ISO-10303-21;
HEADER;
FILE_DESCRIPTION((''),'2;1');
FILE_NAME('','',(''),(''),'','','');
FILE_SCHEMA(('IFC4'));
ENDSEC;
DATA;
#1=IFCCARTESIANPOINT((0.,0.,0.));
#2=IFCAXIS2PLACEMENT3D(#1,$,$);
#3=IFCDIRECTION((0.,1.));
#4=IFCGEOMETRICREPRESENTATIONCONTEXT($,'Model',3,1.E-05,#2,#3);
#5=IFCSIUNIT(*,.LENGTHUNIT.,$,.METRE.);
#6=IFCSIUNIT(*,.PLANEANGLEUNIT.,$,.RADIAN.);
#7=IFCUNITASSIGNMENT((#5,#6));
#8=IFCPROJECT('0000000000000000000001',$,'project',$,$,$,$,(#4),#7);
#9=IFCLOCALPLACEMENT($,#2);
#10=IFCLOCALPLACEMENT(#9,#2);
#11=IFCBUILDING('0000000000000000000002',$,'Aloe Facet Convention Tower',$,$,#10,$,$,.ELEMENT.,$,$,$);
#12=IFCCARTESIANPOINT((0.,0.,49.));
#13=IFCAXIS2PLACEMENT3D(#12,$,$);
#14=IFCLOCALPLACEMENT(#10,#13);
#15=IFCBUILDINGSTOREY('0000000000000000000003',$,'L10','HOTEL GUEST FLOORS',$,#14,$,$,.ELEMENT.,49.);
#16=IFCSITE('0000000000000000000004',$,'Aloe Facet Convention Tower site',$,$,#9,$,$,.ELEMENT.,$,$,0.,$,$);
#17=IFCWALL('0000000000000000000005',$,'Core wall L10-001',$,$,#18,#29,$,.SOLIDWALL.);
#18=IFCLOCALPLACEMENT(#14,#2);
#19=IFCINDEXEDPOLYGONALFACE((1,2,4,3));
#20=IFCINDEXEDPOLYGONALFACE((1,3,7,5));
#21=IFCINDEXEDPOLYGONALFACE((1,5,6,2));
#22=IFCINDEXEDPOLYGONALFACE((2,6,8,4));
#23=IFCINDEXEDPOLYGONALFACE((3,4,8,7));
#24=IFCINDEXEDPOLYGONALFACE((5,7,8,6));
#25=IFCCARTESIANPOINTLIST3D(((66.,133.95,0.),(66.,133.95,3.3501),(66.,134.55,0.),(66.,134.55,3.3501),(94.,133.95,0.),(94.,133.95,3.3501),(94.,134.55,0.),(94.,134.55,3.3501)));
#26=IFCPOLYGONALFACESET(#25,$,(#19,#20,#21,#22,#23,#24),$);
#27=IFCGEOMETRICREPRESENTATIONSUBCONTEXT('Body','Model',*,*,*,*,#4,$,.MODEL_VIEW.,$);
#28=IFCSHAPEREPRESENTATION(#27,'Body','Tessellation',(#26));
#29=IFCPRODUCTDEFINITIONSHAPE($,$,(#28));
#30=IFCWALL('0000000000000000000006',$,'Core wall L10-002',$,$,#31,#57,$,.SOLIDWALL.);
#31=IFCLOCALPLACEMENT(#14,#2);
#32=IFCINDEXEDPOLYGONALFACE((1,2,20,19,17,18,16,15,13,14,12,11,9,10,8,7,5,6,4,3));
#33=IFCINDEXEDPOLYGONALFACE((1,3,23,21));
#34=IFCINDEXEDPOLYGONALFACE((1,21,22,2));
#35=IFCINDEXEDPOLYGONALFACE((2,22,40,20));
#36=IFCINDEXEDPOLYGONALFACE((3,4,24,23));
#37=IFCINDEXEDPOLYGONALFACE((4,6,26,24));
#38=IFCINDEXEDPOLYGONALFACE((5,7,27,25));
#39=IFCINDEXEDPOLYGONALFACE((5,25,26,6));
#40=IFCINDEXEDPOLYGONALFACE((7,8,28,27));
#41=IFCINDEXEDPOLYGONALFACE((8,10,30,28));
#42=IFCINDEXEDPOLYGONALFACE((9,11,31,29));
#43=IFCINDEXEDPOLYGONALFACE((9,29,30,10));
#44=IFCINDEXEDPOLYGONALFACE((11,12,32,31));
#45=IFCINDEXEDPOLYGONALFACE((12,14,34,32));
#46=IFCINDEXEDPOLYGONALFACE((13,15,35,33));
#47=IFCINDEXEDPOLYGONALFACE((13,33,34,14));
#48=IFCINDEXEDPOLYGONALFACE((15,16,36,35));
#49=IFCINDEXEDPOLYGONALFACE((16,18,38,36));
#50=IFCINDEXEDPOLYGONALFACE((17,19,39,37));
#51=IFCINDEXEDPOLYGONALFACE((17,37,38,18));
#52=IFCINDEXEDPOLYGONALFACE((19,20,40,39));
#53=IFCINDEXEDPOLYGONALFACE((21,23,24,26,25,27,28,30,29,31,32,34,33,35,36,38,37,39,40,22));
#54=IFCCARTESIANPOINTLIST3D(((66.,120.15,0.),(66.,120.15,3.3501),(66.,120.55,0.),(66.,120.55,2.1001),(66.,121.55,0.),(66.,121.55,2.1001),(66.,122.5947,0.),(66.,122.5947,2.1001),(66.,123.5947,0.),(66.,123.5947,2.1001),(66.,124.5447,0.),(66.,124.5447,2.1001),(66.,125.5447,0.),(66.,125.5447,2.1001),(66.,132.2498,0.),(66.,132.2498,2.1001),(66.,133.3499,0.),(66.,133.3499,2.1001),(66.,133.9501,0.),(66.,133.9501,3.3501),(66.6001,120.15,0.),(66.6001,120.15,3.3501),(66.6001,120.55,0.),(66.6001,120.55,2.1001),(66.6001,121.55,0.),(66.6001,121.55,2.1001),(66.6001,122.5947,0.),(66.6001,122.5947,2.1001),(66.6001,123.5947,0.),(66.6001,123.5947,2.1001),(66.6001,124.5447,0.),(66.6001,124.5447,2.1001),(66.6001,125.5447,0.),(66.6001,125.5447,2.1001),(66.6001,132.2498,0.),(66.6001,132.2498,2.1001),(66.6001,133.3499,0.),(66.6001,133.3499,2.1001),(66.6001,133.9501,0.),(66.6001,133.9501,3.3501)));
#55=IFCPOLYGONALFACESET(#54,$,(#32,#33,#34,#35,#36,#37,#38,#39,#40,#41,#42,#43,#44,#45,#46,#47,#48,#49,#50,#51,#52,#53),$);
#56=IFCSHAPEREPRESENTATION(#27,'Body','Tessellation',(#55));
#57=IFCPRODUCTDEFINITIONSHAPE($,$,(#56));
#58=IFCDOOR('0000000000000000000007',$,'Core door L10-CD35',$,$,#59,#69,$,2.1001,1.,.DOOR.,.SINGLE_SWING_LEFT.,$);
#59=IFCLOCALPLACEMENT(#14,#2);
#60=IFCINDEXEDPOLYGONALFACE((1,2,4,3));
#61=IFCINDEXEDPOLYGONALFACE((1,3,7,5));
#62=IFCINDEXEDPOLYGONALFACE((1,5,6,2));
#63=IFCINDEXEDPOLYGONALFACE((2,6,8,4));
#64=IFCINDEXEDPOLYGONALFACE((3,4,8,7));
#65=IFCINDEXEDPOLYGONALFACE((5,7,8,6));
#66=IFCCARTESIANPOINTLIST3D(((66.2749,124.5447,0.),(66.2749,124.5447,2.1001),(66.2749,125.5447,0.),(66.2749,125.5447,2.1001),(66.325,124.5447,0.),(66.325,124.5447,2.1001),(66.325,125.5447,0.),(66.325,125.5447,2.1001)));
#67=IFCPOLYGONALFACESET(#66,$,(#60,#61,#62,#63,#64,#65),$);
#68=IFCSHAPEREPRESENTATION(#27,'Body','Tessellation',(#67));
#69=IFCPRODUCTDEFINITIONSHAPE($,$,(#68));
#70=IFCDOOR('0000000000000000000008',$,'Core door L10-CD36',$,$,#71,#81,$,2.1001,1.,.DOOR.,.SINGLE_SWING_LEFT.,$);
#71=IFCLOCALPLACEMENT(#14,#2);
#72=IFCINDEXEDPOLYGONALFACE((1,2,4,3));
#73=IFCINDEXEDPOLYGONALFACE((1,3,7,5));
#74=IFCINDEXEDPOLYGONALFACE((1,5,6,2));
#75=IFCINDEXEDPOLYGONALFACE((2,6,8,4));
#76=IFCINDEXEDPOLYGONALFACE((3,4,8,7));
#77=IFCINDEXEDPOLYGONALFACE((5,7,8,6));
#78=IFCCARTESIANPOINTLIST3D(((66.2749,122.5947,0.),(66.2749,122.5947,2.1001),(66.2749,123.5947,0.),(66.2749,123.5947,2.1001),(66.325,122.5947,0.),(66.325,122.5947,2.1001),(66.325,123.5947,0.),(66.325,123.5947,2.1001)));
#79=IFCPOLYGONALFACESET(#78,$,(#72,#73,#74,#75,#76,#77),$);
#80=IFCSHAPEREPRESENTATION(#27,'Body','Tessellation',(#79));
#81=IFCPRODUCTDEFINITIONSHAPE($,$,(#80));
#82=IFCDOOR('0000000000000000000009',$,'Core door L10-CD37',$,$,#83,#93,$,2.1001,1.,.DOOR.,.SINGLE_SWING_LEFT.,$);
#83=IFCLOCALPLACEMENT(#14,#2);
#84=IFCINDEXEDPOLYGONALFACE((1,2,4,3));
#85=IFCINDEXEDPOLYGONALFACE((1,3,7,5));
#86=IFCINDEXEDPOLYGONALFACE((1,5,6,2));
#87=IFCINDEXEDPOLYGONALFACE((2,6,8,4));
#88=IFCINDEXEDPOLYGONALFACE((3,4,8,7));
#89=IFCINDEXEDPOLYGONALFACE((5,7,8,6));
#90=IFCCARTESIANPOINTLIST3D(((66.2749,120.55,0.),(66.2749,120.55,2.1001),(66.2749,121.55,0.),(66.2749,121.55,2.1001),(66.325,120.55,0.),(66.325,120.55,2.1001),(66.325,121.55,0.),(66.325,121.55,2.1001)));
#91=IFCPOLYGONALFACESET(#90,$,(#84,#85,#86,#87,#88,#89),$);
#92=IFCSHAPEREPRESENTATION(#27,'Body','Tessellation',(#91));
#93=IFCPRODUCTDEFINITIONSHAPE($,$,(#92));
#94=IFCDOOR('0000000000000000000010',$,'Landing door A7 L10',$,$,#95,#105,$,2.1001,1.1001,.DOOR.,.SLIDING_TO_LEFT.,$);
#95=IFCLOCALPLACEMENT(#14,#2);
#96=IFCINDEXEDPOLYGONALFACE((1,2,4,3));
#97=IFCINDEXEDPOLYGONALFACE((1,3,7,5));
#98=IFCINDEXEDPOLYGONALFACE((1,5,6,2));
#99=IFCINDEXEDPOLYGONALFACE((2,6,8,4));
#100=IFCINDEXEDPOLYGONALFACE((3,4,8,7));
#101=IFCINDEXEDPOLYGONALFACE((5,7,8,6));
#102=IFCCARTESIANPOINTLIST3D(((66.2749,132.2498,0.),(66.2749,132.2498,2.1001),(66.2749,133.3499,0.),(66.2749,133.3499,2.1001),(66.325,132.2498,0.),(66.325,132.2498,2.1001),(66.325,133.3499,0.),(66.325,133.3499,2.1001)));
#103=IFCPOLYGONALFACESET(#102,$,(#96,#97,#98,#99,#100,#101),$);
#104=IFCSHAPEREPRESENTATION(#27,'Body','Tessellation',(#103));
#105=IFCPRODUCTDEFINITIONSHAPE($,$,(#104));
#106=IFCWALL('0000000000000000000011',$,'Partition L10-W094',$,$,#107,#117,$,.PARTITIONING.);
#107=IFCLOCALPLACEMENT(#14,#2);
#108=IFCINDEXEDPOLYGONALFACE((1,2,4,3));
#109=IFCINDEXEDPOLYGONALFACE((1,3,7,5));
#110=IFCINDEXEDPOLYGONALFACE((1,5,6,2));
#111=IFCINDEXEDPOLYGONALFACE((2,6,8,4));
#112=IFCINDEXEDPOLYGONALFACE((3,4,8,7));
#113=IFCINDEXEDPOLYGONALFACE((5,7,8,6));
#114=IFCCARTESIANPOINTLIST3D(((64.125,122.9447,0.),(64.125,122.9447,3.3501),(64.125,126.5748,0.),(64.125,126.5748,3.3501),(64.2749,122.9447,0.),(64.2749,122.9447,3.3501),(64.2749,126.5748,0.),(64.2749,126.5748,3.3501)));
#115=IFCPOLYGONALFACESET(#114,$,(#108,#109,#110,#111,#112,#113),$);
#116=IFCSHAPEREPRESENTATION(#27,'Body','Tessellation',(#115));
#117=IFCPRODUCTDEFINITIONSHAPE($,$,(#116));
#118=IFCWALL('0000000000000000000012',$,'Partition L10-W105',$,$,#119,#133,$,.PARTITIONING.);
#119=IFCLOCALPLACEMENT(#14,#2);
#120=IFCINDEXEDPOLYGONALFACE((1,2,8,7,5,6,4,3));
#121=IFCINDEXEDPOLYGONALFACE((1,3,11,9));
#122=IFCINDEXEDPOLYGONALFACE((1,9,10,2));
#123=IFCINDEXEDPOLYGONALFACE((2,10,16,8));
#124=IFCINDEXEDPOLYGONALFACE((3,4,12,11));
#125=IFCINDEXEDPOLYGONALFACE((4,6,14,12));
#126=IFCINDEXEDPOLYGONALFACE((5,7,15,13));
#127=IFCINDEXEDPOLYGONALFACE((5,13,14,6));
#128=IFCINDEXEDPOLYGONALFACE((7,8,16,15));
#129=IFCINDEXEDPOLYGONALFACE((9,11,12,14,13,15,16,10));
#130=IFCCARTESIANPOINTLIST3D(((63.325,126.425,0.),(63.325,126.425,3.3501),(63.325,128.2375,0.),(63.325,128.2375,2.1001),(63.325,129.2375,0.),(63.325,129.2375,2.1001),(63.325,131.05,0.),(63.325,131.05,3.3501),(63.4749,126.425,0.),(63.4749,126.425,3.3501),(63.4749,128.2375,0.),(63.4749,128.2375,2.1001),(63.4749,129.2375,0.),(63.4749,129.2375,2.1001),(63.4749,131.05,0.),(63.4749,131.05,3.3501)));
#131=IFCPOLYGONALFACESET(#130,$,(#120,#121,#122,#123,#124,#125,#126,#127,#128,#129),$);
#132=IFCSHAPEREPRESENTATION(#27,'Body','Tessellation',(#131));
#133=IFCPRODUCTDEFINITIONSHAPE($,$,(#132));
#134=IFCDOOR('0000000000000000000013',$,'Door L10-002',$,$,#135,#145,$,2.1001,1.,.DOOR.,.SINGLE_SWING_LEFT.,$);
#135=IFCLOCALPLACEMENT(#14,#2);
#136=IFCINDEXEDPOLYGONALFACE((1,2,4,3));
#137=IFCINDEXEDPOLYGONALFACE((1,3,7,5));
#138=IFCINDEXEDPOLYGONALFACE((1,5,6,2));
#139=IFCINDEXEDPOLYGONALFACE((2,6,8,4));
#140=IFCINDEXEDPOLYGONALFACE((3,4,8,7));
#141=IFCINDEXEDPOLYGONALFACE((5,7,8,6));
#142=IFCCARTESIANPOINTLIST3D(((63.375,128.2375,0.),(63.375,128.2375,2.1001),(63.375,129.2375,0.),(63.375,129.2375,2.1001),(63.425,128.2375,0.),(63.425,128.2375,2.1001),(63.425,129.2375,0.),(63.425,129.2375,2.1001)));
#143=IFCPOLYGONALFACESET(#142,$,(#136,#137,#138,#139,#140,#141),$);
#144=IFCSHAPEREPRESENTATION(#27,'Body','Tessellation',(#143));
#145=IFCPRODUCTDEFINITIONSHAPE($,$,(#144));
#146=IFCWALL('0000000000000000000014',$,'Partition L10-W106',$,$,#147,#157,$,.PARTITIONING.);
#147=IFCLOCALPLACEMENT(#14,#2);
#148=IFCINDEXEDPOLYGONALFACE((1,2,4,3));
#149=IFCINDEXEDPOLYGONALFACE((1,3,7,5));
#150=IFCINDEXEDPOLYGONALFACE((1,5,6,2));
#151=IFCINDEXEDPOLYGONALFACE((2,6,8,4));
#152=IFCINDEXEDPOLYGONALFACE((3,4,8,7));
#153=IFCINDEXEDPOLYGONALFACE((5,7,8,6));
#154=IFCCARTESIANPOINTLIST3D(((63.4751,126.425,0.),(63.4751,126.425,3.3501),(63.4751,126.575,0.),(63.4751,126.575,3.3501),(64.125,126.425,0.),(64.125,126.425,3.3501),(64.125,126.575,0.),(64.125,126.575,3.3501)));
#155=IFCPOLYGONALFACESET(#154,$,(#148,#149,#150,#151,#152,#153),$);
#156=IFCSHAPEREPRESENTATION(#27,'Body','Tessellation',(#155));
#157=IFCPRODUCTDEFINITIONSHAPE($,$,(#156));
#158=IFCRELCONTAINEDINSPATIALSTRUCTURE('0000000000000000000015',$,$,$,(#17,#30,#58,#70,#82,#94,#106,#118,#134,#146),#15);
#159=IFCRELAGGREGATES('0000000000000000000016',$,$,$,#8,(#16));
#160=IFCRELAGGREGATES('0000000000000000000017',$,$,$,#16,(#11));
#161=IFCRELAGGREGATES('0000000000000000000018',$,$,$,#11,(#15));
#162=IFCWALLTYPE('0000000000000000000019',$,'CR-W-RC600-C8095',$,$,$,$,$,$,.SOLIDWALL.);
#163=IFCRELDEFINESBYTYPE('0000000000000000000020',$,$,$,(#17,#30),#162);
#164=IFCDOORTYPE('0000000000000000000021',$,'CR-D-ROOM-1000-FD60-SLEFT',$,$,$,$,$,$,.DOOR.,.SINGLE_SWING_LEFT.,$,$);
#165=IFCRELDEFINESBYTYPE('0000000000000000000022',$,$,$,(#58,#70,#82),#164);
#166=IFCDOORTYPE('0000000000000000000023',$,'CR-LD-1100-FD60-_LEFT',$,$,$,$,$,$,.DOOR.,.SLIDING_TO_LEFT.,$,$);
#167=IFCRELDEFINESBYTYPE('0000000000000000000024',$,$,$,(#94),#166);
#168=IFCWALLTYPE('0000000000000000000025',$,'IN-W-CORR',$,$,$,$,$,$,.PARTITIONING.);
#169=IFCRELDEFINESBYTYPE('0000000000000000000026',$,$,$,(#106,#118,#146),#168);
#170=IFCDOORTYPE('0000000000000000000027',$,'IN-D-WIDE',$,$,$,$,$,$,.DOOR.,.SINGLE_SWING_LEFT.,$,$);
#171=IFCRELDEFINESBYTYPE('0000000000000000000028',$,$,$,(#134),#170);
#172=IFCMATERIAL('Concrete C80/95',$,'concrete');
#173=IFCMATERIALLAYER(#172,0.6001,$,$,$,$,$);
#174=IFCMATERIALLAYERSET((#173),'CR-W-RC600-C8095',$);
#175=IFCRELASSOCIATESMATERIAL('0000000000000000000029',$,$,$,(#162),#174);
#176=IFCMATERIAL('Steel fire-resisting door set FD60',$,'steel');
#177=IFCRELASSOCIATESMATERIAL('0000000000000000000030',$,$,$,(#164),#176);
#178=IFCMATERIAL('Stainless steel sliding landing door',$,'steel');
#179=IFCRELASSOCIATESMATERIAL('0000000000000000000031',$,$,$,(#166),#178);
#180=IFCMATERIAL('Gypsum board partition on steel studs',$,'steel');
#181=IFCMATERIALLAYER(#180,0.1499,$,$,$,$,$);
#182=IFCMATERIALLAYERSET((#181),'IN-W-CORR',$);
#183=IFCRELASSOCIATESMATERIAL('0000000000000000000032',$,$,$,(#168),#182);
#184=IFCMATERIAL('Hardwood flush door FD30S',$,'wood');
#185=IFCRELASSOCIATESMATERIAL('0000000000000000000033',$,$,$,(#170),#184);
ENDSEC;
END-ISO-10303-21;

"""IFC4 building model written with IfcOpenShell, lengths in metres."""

from ifc_helpers import new_model, si_unit, direction, frame, frame_2d, origin, place, context, subcontext, project, spatial, rectangle, extrude, material, layer, layer_set, type_object, element, fill, save


model = new_model("IFC4")

# Units and contexts
model_context = context("Model", 3, precision=1e-05, world=origin(), true_north=direction((0.0, 1.0)))
body_context = subcontext(model_context, "Body", "Model", "MODEL_VIEW")
ifc_project = project(units=[si_unit("LENGTHUNIT", "METRE"), si_unit("PLANEANGLEUNIT", "RADIAN")], contexts=[model_context])

# Site, building, storey
site_placement = place(None, origin())
site = spatial("IfcSite", under=ifc_project, at=site_placement, Name="Aloe Facet Convention Tower site", CompositionType="ELEMENT", RefElevation=0.0)
building_placement = place(site_placement, origin())
building = spatial("IfcBuilding", under=site, at=building_placement, Name="Aloe Facet Convention Tower", CompositionType="ELEMENT")
storey_placement = place(building_placement, frame((0.0, 0.0, 49.0)))
storey = spatial("IfcBuildingStorey", under=building, at=storey_placement, Name="L10", Description="HOTEL GUEST FLOORS", CompositionType="ELEMENT", Elevation=49.0)

# Wall
ifc_material_1 = material(Name="Concrete C80/95", Category="concrete")
ifc_layer_1 = layer(ifc_material_1, 0.6001)
ifc_layer_set_1 = layer_set([ifc_layer_1], Name="CR-W-RC600-C8095")
wall_type_1 = type_object("IfcWallType", Name="CR-W-RC600-C8095", PredefinedType="SOLIDWALL", material=ifc_layer_set_1)
wall_1_placement = place(storey_placement, frame((66.0, 134.25, 0.0), z_axis=(0.0, 0.0, 1.0), x_axis=(1.0, 0.0, 0.0)))
element("IfcWall", 1, at=wall_1_placement, inside=storey, type_object=wall_type_1, Name="Core wall L10-001", PredefinedType="SOLIDWALL", context=body_context, shape_type="SweptSolid", body=[
    extrude(rectangle(XDim=28.0, YDim=0.6001, at=frame_2d((14.0, 0.0))), origin(), (0.0, 0.0, 1.0), 3.3501),
])

# Wall, openings, doors
wall_2_placement = place(storey_placement, frame((66.3, 133.95, 0.0), z_axis=(0.0, 0.0, 1.0), x_axis=(0.0, -1.0, 0.0)))
wall_2 = element("IfcWall", 2, at=wall_2_placement, inside=storey, type_object=wall_type_1, Name="Core wall L10-002", PredefinedType="SOLIDWALL", context=body_context, shape_type="SweptSolid", body=[
    extrude(rectangle(XDim=13.8, YDim=0.6001, at=frame_2d((6.8999, 0.0))), origin(), (0.0, 0.0, 1.0), 3.3501),
])
opening_1_placement = place(wall_2_placement, frame((0.6001, 0.0, 0.0)))
opening_1 = element("IfcOpeningElement", 3, at=opening_1_placement, cuts=wall_2, PredefinedType="OPENING", context=body_context, shape_type="SweptSolid", body=[
    extrude(rectangle(XDim=1.1001, YDim=2.1001, at=frame_2d((0.55, 1.05))), frame((0.0, 0.3101, 0.0), z_axis=(0.0, -1.0, 0.0), x_axis=(1.0, 0.0, 0.0)), (0.0, 0.0, 1.0), 0.6201),
])
opening_2_placement = place(wall_2_placement, frame((8.4053, 0.0, 0.0)))
opening_2 = element("IfcOpeningElement", 4, at=opening_2_placement, cuts=wall_2, PredefinedType="OPENING", context=body_context, shape_type="SweptSolid", body=[
    extrude(rectangle(XDim=1.0, YDim=2.1001, at=frame_2d((0.5, 1.05))), frame((0.0, 0.3101, 0.0), z_axis=(0.0, -1.0, 0.0), x_axis=(1.0, 0.0, 0.0)), (0.0, 0.0, 1.0), 0.6201),
])
opening_3_placement = place(wall_2_placement, frame((10.3552, 0.0, 0.0)))
opening_3 = element("IfcOpeningElement", 5, at=opening_3_placement, cuts=wall_2, PredefinedType="OPENING", context=body_context, shape_type="SweptSolid", body=[
    extrude(rectangle(XDim=1.0, YDim=2.1001, at=frame_2d((0.5, 1.05))), frame((0.0, 0.3101, 0.0), z_axis=(0.0, -1.0, 0.0), x_axis=(1.0, 0.0, 0.0)), (0.0, 0.0, 1.0), 0.6201),
])
opening_4_placement = place(wall_2_placement, frame((12.3999, 0.0, 0.0)))
opening_4 = element("IfcOpeningElement", 6, at=opening_4_placement, cuts=wall_2, PredefinedType="OPENING", context=body_context, shape_type="SweptSolid", body=[
    extrude(rectangle(XDim=1.0, YDim=2.1001, at=frame_2d((0.5, 1.05))), frame((0.0, 0.3101, 0.0), z_axis=(0.0, -1.0, 0.0), x_axis=(1.0, 0.0, 0.0)), (0.0, 0.0, 1.0), 0.6201),
])
ifc_material_2 = material(Name="Steel fire-resisting door set FD60", Category="steel")
door_type_1 = type_object("IfcDoorType", Name="CR-D-ROOM-1000-FD60-SLEFT", OperationType="SINGLE_SWING_LEFT", PredefinedType="DOOR", material=ifc_material_2)
door_1_placement = place(opening_2_placement, origin())
door_1 = element("IfcDoor", 7, at=door_1_placement, inside=storey, type_object=door_type_1, Name="Core door L10-CD35", OperationType="SINGLE_SWING_LEFT", OverallHeight=2.1001, OverallWidth=1.0, PredefinedType="DOOR", context=body_context, shape_type="SweptSolid", body=[
    extrude(rectangle(XDim=1.0, YDim=2.1001, at=frame_2d((0.5, 1.05))), frame((0.0, 0.0249, 0.0), z_axis=(0.0, -1.0, 0.0), x_axis=(1.0, 0.0, 0.0)), (0.0, 0.0, 1.0), 0.05),
])
fill(opening_2, door_1)
door_2_placement = place(opening_3_placement, origin())
door_2 = element("IfcDoor", 8, at=door_2_placement, inside=storey, type_object=door_type_1, Name="Core door L10-CD36", OperationType="SINGLE_SWING_LEFT", OverallHeight=2.1001, OverallWidth=1.0, PredefinedType="DOOR", context=body_context, shape_type="SweptSolid", body=[
    extrude(rectangle(XDim=1.0, YDim=2.1001, at=frame_2d((0.5, 1.05))), frame((0.0, 0.0249, 0.0), z_axis=(0.0, -1.0, 0.0), x_axis=(1.0, 0.0, 0.0)), (0.0, 0.0, 1.0), 0.05),
])
fill(opening_3, door_2)
door_3_placement = place(opening_4_placement, origin())
door_3 = element("IfcDoor", 9, at=door_3_placement, inside=storey, type_object=door_type_1, Name="Core door L10-CD37", OperationType="SINGLE_SWING_LEFT", OverallHeight=2.1001, OverallWidth=1.0, PredefinedType="DOOR", context=body_context, shape_type="SweptSolid", body=[
    extrude(rectangle(XDim=1.0, YDim=2.1001, at=frame_2d((0.5, 1.05))), frame((0.0, 0.0249, 0.0), z_axis=(0.0, -1.0, 0.0), x_axis=(1.0, 0.0, 0.0)), (0.0, 0.0, 1.0), 0.05),
])
fill(opening_4, door_3)
ifc_material_3 = material(Name="Stainless steel sliding landing door", Category="steel")
door_type_2 = type_object("IfcDoorType", Name="CR-LD-1100-FD60-_LEFT", OperationType="SLIDING_TO_LEFT", PredefinedType="DOOR", material=ifc_material_3)
door_4_placement = place(opening_1_placement, origin())
door_4 = element("IfcDoor", 10, at=door_4_placement, inside=storey, type_object=door_type_2, Name="Landing door A7 L10", OperationType="SLIDING_TO_LEFT", OverallHeight=2.1001, OverallWidth=1.1001, PredefinedType="DOOR", context=body_context, shape_type="SweptSolid", body=[
    extrude(rectangle(XDim=1.1001, YDim=2.1001, at=frame_2d((0.55, 1.05))), frame((0.0, 0.0249, 0.0), z_axis=(0.0, -1.0, 0.0), x_axis=(1.0, 0.0, 0.0)), (0.0, 0.0, 1.0), 0.05),
])
fill(opening_1, door_4)

# Wall
ifc_material_4 = material(Name="Gypsum board partition on steel studs", Category="steel")
ifc_layer_2 = layer(ifc_material_4, 0.1499)
ifc_layer_set_2 = layer_set([ifc_layer_2], Name="IN-W-CORR")
wall_type_2 = type_object("IfcWallType", Name="IN-W-CORR", PredefinedType="PARTITIONING", material=ifc_layer_set_2)
wall_3_placement = place(storey_placement, frame((64.2, 122.9448, 0.0), z_axis=(0.0, 0.0, 1.0), x_axis=(0.0, 1.0, 0.0)))
element("IfcWall", 11, at=wall_3_placement, inside=storey, type_object=wall_type_2, Name="Partition L10-W094", PredefinedType="PARTITIONING", context=body_context, shape_type="SweptSolid", body=[
    extrude(rectangle(XDim=3.6301, YDim=0.1499, at=frame_2d((1.8149, 0.0))), origin(), (0.0, 0.0, 1.0), 3.3501),
])

# Wall, opening, door
wall_4_placement = place(storey_placement, frame((63.3999, 126.425, 0.0), z_axis=(0.0, 0.0, 1.0), x_axis=(0.0, 1.0, 0.0)))
wall_4 = element("IfcWall", 12, at=wall_4_placement, inside=storey, type_object=wall_type_2, Name="Partition L10-W105", PredefinedType="PARTITIONING", context=body_context, shape_type="SweptSolid", body=[
    extrude(rectangle(XDim=4.625, YDim=0.1499, at=frame_2d((2.3125, 0.0))), origin(), (0.0, 0.0, 1.0), 3.3501),
])
opening_5_placement = place(wall_4_placement, frame((1.8125, 0.0, 0.0)))
opening_5 = element("IfcOpeningElement", 13, at=opening_5_placement, cuts=wall_4, PredefinedType="OPENING", context=body_context, shape_type="SweptSolid", body=[
    extrude(rectangle(XDim=1.0, YDim=2.1001, at=frame_2d((0.5, 1.05))), frame((0.0, 0.085, 0.0), z_axis=(0.0, -1.0, 0.0), x_axis=(1.0, 0.0, 0.0)), (0.0, 0.0, 1.0), 0.1699),
])
ifc_material_5 = material(Name="Hardwood flush door FD30S", Category="wood")
door_type_3 = type_object("IfcDoorType", Name="IN-D-WIDE", OperationType="SINGLE_SWING_LEFT", PredefinedType="DOOR", material=ifc_material_5)
door_5_placement = place(opening_5_placement, origin())
door_5 = element("IfcDoor", 14, at=door_5_placement, inside=storey, type_object=door_type_3, Name="Door L10-002", OperationType="SINGLE_SWING_LEFT", OverallHeight=2.1001, OverallWidth=1.0, PredefinedType="DOOR", context=body_context, shape_type="SweptSolid", body=[
    extrude(rectangle(XDim=1.0, YDim=2.1001, at=frame_2d((0.5, 1.05))), frame((0.0, 0.0249, 0.0), z_axis=(0.0, -1.0, 0.0), x_axis=(1.0, 0.0, 0.0)), (0.0, 0.0, 1.0), 0.05),
])
fill(opening_5, door_5)

# Wall
wall_5_placement = place(storey_placement, frame((63.4751, 126.5, 0.0), z_axis=(0.0, 0.0, 1.0), x_axis=(1.0, 0.0, 0.0)))
element("IfcWall", 15, at=wall_5_placement, inside=storey, type_object=wall_type_2, Name="Partition L10-W106", PredefinedType="PARTITIONING", context=body_context, shape_type="SweptSolid", body=[
    extrude(rectangle(XDim=0.6499, YDim=0.1499, at=frame_2d((0.325, 0.0))), origin(), (0.0, 0.0, 1.0), 3.3501),
])

save(model, "model.ifc")
